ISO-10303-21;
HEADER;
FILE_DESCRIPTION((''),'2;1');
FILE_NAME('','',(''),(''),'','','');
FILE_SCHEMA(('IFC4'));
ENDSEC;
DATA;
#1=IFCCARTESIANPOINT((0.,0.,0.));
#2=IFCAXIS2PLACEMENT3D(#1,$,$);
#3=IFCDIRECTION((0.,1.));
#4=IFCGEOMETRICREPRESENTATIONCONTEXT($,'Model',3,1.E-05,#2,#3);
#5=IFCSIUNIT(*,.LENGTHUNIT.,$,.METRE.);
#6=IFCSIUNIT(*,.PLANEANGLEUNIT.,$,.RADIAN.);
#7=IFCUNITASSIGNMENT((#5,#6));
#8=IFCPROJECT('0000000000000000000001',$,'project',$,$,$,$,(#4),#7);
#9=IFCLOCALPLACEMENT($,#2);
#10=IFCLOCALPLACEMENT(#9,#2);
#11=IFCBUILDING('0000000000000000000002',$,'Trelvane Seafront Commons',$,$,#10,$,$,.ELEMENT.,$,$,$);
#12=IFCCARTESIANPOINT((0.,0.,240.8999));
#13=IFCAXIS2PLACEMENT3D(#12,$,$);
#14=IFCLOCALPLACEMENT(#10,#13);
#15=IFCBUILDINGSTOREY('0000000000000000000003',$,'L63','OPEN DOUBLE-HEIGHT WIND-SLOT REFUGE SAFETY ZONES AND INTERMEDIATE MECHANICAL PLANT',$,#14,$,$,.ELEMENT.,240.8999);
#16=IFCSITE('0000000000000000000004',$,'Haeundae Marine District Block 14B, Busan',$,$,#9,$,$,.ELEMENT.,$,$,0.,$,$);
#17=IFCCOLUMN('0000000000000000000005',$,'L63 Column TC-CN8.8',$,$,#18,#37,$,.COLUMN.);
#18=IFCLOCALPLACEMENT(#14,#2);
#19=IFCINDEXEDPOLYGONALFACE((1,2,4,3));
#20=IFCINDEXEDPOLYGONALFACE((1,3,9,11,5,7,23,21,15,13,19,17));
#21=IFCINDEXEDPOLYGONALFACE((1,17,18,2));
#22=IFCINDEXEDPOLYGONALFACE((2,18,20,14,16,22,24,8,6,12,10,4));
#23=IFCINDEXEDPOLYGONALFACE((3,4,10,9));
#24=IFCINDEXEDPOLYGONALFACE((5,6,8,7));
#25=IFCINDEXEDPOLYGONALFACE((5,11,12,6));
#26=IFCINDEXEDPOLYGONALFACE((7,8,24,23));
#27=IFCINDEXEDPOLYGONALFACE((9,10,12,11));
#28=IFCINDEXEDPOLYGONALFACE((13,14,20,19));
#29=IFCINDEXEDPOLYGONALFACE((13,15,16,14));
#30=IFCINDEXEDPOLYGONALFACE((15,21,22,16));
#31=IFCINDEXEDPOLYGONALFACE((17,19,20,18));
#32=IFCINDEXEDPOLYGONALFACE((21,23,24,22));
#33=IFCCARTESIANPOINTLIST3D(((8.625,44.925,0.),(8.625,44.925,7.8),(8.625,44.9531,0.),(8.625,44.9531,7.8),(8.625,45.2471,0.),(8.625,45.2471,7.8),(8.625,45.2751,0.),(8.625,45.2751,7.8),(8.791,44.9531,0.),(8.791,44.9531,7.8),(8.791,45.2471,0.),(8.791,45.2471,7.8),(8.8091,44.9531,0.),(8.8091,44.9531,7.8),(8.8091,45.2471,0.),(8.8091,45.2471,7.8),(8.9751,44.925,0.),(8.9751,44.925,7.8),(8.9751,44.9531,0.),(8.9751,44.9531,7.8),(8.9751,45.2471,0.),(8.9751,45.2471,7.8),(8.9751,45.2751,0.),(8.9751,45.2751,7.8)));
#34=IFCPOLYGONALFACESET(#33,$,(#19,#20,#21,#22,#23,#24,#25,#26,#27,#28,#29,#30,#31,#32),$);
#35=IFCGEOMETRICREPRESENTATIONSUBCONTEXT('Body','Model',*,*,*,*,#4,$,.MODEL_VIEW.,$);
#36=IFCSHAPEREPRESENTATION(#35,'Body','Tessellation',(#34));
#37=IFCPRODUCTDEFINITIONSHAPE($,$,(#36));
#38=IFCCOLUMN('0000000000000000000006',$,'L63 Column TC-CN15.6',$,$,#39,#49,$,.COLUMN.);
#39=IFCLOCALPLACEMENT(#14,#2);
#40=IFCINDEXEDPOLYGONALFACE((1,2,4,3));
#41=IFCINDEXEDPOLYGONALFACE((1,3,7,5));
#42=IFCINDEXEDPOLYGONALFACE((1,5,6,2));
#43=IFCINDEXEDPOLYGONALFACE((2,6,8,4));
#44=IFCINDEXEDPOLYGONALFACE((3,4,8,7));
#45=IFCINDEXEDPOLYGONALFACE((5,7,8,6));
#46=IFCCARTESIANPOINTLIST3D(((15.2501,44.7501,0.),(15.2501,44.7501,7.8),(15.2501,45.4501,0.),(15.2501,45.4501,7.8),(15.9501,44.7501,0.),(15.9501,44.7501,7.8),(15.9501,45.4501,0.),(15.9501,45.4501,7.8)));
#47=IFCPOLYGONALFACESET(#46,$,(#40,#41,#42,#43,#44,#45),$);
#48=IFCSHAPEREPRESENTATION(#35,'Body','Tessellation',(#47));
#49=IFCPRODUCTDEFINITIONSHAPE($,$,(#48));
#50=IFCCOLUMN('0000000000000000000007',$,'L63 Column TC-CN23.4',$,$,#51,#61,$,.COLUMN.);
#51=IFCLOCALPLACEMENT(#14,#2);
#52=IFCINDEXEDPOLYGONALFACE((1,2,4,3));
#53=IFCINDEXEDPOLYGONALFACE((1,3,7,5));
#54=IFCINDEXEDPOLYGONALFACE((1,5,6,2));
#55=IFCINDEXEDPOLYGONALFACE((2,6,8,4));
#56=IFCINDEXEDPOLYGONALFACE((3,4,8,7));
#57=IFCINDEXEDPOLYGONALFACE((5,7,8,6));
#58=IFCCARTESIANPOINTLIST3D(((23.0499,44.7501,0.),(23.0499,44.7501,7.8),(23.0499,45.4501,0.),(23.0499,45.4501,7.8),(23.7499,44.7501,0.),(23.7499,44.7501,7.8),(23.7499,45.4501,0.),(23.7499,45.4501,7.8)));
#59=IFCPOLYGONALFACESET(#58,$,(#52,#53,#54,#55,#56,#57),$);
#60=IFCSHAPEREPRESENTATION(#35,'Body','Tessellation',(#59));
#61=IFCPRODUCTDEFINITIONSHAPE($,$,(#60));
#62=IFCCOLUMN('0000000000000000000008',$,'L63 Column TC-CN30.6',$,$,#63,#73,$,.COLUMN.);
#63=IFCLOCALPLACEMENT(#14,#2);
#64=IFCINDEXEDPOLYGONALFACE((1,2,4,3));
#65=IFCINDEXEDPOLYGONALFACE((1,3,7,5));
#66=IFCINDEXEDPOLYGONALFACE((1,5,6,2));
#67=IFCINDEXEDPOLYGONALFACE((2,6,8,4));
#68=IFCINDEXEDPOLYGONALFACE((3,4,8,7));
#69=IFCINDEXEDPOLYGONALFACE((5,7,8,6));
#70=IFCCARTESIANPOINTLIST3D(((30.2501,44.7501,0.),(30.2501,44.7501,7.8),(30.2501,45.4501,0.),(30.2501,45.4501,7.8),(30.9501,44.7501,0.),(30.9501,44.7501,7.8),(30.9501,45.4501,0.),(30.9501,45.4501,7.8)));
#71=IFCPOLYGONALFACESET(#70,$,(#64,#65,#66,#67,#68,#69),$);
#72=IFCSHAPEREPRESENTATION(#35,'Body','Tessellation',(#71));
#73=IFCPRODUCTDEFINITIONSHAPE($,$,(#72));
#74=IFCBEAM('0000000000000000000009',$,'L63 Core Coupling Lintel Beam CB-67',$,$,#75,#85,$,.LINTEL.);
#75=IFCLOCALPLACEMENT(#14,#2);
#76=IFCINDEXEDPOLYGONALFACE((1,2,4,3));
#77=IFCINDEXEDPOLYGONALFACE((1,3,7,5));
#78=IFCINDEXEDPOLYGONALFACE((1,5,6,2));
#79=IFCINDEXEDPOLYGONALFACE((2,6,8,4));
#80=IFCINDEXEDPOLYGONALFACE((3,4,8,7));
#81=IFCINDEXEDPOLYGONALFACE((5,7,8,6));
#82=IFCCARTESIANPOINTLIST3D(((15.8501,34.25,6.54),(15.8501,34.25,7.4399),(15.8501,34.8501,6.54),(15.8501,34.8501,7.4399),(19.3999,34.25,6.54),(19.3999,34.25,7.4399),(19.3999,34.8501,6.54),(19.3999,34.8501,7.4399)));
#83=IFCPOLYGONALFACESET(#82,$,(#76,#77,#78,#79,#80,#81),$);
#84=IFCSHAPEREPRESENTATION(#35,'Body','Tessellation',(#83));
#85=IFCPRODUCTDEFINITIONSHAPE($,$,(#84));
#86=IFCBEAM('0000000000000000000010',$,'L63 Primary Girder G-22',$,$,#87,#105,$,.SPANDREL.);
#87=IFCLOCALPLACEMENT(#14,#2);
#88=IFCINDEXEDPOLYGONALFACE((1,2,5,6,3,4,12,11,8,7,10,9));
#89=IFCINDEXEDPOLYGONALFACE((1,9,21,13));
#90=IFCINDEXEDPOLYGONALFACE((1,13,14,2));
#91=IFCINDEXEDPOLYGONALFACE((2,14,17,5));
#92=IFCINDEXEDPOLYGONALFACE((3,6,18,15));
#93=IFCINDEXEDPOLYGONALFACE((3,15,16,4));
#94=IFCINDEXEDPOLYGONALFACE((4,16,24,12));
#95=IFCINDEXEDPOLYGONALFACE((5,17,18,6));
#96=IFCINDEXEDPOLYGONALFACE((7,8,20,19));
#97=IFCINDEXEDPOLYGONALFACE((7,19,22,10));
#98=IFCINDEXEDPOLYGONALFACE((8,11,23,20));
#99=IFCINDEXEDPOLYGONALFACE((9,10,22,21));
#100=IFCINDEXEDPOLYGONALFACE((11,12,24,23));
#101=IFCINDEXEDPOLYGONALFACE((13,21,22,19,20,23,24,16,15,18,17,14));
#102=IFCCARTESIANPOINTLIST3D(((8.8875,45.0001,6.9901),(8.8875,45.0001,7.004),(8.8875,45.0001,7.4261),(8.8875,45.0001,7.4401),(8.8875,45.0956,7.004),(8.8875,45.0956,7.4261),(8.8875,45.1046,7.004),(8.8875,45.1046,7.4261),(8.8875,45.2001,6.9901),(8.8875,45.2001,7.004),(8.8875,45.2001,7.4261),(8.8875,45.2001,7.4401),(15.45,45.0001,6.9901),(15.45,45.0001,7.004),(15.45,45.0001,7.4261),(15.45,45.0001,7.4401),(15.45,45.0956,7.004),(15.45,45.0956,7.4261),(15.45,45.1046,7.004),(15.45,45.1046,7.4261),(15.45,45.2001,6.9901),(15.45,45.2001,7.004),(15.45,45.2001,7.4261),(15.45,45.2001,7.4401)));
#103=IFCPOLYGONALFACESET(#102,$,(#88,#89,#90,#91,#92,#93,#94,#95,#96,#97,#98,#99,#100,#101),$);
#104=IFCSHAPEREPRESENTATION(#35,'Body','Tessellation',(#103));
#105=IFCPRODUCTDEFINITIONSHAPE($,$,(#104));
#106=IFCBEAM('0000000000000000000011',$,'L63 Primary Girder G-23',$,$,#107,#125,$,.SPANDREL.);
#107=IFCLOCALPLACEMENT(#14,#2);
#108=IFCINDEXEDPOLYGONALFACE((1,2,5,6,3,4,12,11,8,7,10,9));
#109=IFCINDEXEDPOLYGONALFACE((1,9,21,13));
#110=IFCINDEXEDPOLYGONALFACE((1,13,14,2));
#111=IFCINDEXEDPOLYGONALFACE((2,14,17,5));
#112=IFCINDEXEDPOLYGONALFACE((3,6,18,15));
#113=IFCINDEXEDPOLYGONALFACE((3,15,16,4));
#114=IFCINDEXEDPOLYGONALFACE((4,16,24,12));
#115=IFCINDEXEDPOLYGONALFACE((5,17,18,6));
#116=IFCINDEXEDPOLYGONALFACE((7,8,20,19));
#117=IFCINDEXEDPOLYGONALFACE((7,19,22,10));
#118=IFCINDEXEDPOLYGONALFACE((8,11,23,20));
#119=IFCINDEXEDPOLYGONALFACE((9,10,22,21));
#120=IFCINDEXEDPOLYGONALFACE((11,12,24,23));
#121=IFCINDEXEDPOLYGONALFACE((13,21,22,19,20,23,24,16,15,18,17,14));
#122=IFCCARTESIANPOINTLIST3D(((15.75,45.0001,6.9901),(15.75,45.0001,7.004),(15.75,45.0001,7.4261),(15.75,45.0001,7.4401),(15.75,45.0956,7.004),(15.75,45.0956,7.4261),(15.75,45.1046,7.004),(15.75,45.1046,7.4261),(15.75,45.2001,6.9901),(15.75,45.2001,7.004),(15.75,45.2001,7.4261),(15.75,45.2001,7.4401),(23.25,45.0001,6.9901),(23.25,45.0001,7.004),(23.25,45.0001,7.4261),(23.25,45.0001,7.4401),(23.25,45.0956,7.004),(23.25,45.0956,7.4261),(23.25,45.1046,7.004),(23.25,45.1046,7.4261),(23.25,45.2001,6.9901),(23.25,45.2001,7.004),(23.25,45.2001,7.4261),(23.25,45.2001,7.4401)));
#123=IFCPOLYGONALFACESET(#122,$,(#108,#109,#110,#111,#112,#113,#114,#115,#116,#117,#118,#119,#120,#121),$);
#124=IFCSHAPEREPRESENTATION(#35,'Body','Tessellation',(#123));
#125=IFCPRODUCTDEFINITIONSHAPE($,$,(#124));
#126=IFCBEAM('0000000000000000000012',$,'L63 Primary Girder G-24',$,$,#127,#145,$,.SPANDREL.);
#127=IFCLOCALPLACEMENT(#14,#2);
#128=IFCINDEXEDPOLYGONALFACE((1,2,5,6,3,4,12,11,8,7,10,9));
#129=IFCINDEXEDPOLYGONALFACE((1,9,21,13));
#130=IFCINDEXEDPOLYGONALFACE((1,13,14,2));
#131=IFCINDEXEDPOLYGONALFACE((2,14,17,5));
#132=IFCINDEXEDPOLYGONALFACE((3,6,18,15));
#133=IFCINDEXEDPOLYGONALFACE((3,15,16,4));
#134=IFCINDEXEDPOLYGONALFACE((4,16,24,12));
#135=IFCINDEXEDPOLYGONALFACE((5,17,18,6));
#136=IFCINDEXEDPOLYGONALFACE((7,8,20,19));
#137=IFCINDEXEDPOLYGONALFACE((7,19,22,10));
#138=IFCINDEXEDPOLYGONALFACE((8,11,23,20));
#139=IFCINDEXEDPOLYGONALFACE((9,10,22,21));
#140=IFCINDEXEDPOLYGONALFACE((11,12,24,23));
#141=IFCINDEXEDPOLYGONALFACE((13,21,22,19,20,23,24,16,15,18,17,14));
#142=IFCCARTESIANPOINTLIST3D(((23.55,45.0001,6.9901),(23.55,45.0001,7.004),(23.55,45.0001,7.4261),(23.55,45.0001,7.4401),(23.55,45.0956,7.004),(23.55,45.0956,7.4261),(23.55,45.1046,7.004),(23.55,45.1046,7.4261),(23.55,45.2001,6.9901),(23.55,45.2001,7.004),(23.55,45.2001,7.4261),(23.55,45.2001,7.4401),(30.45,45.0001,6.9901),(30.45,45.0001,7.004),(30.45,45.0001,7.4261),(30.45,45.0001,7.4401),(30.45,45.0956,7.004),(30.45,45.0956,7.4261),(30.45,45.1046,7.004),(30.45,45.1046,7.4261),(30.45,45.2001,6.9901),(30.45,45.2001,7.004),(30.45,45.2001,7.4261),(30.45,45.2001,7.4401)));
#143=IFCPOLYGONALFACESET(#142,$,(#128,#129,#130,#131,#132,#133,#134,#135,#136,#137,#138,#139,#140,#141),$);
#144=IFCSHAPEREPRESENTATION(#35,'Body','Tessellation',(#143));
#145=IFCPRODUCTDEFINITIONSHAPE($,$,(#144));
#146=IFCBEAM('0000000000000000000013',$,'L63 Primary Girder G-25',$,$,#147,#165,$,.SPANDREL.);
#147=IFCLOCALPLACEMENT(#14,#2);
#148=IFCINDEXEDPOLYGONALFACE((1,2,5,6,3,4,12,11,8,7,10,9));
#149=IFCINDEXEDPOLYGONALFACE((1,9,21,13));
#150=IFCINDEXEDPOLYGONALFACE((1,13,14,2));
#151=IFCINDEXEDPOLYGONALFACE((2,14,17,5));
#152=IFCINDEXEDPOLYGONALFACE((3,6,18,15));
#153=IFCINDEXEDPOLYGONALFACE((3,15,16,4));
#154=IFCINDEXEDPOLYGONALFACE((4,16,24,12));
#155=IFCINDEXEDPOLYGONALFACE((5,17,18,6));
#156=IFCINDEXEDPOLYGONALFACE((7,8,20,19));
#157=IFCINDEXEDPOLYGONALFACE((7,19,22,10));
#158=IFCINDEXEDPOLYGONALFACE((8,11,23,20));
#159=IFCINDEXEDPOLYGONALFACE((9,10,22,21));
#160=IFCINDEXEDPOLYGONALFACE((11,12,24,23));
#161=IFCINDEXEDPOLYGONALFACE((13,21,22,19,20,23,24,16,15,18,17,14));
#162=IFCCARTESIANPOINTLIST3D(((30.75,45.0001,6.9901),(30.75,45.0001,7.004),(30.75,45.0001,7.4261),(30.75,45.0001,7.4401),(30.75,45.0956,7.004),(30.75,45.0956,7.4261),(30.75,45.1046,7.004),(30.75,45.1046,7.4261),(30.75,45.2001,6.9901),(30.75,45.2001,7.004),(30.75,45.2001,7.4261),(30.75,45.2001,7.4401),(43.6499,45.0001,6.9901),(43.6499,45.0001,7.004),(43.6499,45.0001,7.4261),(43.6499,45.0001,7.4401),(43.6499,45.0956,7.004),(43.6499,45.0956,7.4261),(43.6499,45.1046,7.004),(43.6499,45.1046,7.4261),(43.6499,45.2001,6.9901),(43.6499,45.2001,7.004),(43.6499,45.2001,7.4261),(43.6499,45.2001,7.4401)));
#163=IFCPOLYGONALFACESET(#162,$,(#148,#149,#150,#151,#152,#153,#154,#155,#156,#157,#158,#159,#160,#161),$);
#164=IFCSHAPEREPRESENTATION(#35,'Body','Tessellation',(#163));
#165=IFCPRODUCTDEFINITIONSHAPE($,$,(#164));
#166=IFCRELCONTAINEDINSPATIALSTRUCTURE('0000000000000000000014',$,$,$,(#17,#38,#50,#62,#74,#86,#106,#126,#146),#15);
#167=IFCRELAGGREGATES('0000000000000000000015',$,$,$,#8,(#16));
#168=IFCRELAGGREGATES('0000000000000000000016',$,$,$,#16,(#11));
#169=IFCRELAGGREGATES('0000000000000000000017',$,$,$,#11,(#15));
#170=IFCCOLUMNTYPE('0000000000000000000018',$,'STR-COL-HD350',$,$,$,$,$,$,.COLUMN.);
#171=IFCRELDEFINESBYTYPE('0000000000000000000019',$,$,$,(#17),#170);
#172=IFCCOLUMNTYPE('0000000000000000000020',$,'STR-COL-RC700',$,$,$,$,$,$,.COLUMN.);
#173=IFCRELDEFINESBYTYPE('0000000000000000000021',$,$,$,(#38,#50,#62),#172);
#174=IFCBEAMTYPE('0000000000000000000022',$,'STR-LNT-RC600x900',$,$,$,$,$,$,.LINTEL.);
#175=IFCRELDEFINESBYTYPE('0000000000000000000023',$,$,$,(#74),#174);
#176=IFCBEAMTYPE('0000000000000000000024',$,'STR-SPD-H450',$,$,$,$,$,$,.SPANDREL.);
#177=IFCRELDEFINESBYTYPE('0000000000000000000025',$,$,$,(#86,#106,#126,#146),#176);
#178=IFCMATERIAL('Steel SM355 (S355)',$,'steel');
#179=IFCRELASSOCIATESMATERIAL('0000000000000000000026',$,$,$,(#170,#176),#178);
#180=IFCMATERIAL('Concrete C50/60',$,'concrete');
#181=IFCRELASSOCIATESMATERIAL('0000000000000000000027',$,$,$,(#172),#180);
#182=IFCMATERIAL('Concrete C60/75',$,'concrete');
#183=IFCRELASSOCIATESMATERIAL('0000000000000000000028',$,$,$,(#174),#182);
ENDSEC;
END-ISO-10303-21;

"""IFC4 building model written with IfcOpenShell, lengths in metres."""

from ifc_helpers import new_model, si_unit, direction, frame, origin, origin_2d, place, context, subcontext, project, spatial, rectangle, i_section, extrude, source, transform, mapped, material, material_profile, profile_set, type_object, element, save


model = new_model("IFC4")

# Units and contexts
model_context = context("Model", 3, precision=1e-05, world=origin(), true_north=direction((0.0, 1.0)))
body_context = subcontext(model_context, "Body", "Model", "MODEL_VIEW")
ifc_project = project(units=[si_unit("LENGTHUNIT", "METRE"), si_unit("PLANEANGLEUNIT", "RADIAN")], contexts=[model_context])

# Site, building, storey
site_placement = place(None, origin())
site = spatial("IfcSite", under=ifc_project, at=site_placement, Name="Haeundae Marine District Block 14B, Busan", CompositionType="ELEMENT", RefElevation=0.0)
building_placement = place(site_placement, origin())
building = spatial("IfcBuilding", under=site, at=building_placement, Name="Trelvane Seafront Commons", CompositionType="ELEMENT")
storey_placement = place(building_placement, frame((0.0, 0.0, 240.8999)))
storey = spatial("IfcBuildingStorey", under=building, at=storey_placement, Name="L63", Description="OPEN DOUBLE-HEIGHT WIND-SLOT REFUGE SAFETY ZONES AND INTERMEDIATE MECHANICAL PLANT", CompositionType="ELEMENT", Elevation=240.8999)

# Columns
ifc_material_1 = material(Name="Steel SM355 (S355)", Category="steel")
ifc_material_profile_1 = material_profile(ifc_material_1, i_section(OverallWidth=0.3501, OverallDepth=0.3501, WebThickness=0.0181, FlangeThickness=0.0281, at=origin_2d()), Name="HD-350x350x18x28")
ifc_profile_set_1 = profile_set([ifc_material_profile_1], Name="Steel SM355 (S355)")
column_type_1 = type_object("IfcColumnType", Name="STR-COL-HD350", PredefinedType="COLUMN", material=ifc_profile_set_1)
shared_shape_1 = source(origin(), body_context, "Body", "SweptSolid", [
    extrude(i_section(OverallWidth=0.3501, OverallDepth=0.3501, WebThickness=0.0181, FlangeThickness=0.0281, at=origin_2d()), origin(), (0.0, 0.0, 1.0), 7.8),
])
column_placement = place(storey_placement, frame((8.8, 45.1001, 0.0), z_axis=(0.0, 0.0, 1.0), x_axis=(1.0, 0.0, 0.0)))
element("IfcColumn", 1, at=column_placement, inside=storey, type_object=column_type_1, Name="L63 Column TC-CN8.8", PredefinedType="COLUMN", context=body_context, shape_type="MappedRepresentation", body=[
    mapped(shared_shape_1, transform((0.0, 0.0, 0.0), x_axis=(1.0, 0.0, 0.0), y_axis=(0.0, 1.0, 0.0), z_axis=(0.0, 0.0, 1.0), scale=1.0)),
])
ifc_material_2 = material(Name="Concrete C50/60", Category="concrete")
ifc_material_profile_2 = material_profile(ifc_material_2, rectangle(XDim=0.7, YDim=0.7, at=origin_2d()), Name="RC-700x700")
ifc_profile_set_2 = profile_set([ifc_material_profile_2], Name="Concrete C50/60")
column_type_2 = type_object("IfcColumnType", Name="STR-COL-RC700", PredefinedType="COLUMN", material=ifc_profile_set_2)
shared_shape_2 = source(origin(), body_context, "Body", "SweptSolid", [
    extrude(rectangle(XDim=0.7, YDim=0.7, at=origin_2d()), origin(), (0.0, 0.0, 1.0), 7.8),
])
for number, where, z_axis, x_axis, name in (
    (2, (15.6001, 45.1001, 0.0), (0.0, 0.0, 1.0), (1.0, 0.0, 0.0), "L63 Column TC-CN15.6"),
    (3, (23.3999, 45.1001, 0.0), (0.0, 0.0, 1.0), (1.0, 0.0, 0.0), "L63 Column TC-CN23.4"),
    (4, (30.6001, 45.1001, 0.0), (0.0, 0.0, 1.0), (1.0, 0.0, 0.0), "L63 Column TC-CN30.6"),
):
    element("IfcColumn", number, at=place(storey_placement, frame(where, z_axis=z_axis, x_axis=x_axis)), inside=storey, type_object=column_type_2, Name=name, PredefinedType="COLUMN", context=body_context, shape_type="MappedRepresentation", body=[
        mapped(shared_shape_2, transform((0.0, 0.0, 0.0), x_axis=(1.0, 0.0, 0.0), y_axis=(0.0, 1.0, 0.0), z_axis=(0.0, 0.0, 1.0), scale=1.0)),
    ])

# Beams
ifc_material_3 = material(Name="Concrete C60/75", Category="concrete")
ifc_material_profile_3 = material_profile(ifc_material_3, rectangle(XDim=0.6001, YDim=0.8999, at=origin_2d()), Name="RC-600x900")
ifc_profile_set_3 = profile_set([ifc_material_profile_3], Name="Concrete C60/75")
beam_type_1 = type_object("IfcBeamType", Name="STR-LNT-RC600x900", PredefinedType="LINTEL", material=ifc_profile_set_3)
shared_shape_3 = source(origin(), body_context, "Body", "SweptSolid", [
    extrude(rectangle(XDim=0.6001, YDim=0.8999, at=origin_2d()), origin(), (0.0, 0.0, 1.0), 3.5498),
])
beam_1_placement = place(storey_placement, frame((15.8501, 34.55, 6.99), z_axis=(1.0, 0.0, 0.0), x_axis=(0.0, 1.0, 0.0)))
element("IfcBeam", 5, at=beam_1_placement, inside=storey, type_object=beam_type_1, Name="L63 Core Coupling Lintel Beam CB-67", PredefinedType="LINTEL", context=body_context, shape_type="MappedRepresentation", body=[
    mapped(shared_shape_3, transform((0.0, 0.0, 0.0), x_axis=(1.0, 0.0, 0.0), y_axis=(0.0, 1.0, 0.0), z_axis=(0.0, 0.0, 1.0), scale=1.0)),
])
ifc_material_profile_4 = material_profile(ifc_material_1, i_section(OverallWidth=0.2, OverallDepth=0.45, WebThickness=0.009, FlangeThickness=0.0139, at=origin_2d()), Name="H-450x200x9x14")
ifc_profile_set_4 = profile_set([ifc_material_profile_4], Name="Steel SM355 (S355)")
beam_type_2 = type_object("IfcBeamType", Name="STR-SPD-H450", PredefinedType="SPANDREL", material=ifc_profile_set_4)
shared_shape_4 = source(origin(), body_context, "Body", "SweptSolid", [
    extrude(i_section(OverallWidth=0.2, OverallDepth=0.45, WebThickness=0.009, FlangeThickness=0.0139, at=origin_2d()), origin(), (0.0, 0.0, 1.0), 6.5625),
])
beam_2_placement = place(storey_placement, frame((8.8875, 45.1001, 7.2151), z_axis=(1.0, 0.0, 0.0), x_axis=(0.0, 1.0, 0.0)))
element("IfcBeam", 6, at=beam_2_placement, inside=storey, type_object=beam_type_2, Name="L63 Primary Girder G-22", PredefinedType="SPANDREL", context=body_context, shape_type="MappedRepresentation", body=[
    mapped(shared_shape_4, transform((0.0, 0.0, 0.0), x_axis=(1.0, 0.0, 0.0), y_axis=(0.0, 1.0, 0.0), z_axis=(0.0, 0.0, 1.0), scale=1.0)),
])
shared_shape_5 = source(origin(), body_context, "Body", "SweptSolid", [
    extrude(i_section(OverallWidth=0.2, OverallDepth=0.45, WebThickness=0.009, FlangeThickness=0.0139, at=origin_2d()), origin(), (0.0, 0.0, 1.0), 7.5),
])
beam_3_placement = place(storey_placement, frame((15.75, 45.1001, 7.2151), z_axis=(1.0, 0.0, 0.0), x_axis=(0.0, 1.0, 0.0)))
element("IfcBeam", 7, at=beam_3_placement, inside=storey, type_object=beam_type_2, Name="L63 Primary Girder G-23", PredefinedType="SPANDREL", context=body_context, shape_type="MappedRepresentation", body=[
    mapped(shared_shape_5, transform((0.0, 0.0, 0.0), x_axis=(1.0, 0.0, 0.0), y_axis=(0.0, 1.0, 0.0), z_axis=(0.0, 0.0, 1.0), scale=1.0)),
])
shared_shape_6 = source(origin(), body_context, "Body", "SweptSolid", [
    extrude(i_section(OverallWidth=0.2, OverallDepth=0.45, WebThickness=0.009, FlangeThickness=0.0139, at=origin_2d()), origin(), (0.0, 0.0, 1.0), 6.8999),
])
beam_4_placement = place(storey_placement, frame((23.55, 45.1001, 7.2151), z_axis=(1.0, 0.0, 0.0), x_axis=(0.0, 1.0, 0.0)))
element("IfcBeam", 8, at=beam_4_placement, inside=storey, type_object=beam_type_2, Name="L63 Primary Girder G-24", PredefinedType="SPANDREL", context=body_context, shape_type="MappedRepresentation", body=[
    mapped(shared_shape_6, transform((0.0, 0.0, 0.0), x_axis=(1.0, 0.0, 0.0), y_axis=(0.0, 1.0, 0.0), z_axis=(0.0, 0.0, 1.0), scale=1.0)),
])
shared_shape_7 = source(origin(), body_context, "Body", "SweptSolid", [
    extrude(i_section(OverallWidth=0.2, OverallDepth=0.45, WebThickness=0.009, FlangeThickness=0.0139, at=origin_2d()), origin(), (0.0, 0.0, 1.0), 12.8999),
])
beam_5_placement = place(storey_placement, frame((30.75, 45.1001, 7.2151), z_axis=(1.0, 0.0, 0.0), x_axis=(0.0, 1.0, 0.0)))
element("IfcBeam", 9, at=beam_5_placement, inside=storey, type_object=beam_type_2, Name="L63 Primary Girder G-25", PredefinedType="SPANDREL", context=body_context, shape_type="MappedRepresentation", body=[
    mapped(shared_shape_7, transform((0.0, 0.0, 0.0), x_axis=(1.0, 0.0, 0.0), y_axis=(0.0, 1.0, 0.0), z_axis=(0.0, 0.0, 1.0), scale=1.0)),
])

save(model, "model.ifc")
